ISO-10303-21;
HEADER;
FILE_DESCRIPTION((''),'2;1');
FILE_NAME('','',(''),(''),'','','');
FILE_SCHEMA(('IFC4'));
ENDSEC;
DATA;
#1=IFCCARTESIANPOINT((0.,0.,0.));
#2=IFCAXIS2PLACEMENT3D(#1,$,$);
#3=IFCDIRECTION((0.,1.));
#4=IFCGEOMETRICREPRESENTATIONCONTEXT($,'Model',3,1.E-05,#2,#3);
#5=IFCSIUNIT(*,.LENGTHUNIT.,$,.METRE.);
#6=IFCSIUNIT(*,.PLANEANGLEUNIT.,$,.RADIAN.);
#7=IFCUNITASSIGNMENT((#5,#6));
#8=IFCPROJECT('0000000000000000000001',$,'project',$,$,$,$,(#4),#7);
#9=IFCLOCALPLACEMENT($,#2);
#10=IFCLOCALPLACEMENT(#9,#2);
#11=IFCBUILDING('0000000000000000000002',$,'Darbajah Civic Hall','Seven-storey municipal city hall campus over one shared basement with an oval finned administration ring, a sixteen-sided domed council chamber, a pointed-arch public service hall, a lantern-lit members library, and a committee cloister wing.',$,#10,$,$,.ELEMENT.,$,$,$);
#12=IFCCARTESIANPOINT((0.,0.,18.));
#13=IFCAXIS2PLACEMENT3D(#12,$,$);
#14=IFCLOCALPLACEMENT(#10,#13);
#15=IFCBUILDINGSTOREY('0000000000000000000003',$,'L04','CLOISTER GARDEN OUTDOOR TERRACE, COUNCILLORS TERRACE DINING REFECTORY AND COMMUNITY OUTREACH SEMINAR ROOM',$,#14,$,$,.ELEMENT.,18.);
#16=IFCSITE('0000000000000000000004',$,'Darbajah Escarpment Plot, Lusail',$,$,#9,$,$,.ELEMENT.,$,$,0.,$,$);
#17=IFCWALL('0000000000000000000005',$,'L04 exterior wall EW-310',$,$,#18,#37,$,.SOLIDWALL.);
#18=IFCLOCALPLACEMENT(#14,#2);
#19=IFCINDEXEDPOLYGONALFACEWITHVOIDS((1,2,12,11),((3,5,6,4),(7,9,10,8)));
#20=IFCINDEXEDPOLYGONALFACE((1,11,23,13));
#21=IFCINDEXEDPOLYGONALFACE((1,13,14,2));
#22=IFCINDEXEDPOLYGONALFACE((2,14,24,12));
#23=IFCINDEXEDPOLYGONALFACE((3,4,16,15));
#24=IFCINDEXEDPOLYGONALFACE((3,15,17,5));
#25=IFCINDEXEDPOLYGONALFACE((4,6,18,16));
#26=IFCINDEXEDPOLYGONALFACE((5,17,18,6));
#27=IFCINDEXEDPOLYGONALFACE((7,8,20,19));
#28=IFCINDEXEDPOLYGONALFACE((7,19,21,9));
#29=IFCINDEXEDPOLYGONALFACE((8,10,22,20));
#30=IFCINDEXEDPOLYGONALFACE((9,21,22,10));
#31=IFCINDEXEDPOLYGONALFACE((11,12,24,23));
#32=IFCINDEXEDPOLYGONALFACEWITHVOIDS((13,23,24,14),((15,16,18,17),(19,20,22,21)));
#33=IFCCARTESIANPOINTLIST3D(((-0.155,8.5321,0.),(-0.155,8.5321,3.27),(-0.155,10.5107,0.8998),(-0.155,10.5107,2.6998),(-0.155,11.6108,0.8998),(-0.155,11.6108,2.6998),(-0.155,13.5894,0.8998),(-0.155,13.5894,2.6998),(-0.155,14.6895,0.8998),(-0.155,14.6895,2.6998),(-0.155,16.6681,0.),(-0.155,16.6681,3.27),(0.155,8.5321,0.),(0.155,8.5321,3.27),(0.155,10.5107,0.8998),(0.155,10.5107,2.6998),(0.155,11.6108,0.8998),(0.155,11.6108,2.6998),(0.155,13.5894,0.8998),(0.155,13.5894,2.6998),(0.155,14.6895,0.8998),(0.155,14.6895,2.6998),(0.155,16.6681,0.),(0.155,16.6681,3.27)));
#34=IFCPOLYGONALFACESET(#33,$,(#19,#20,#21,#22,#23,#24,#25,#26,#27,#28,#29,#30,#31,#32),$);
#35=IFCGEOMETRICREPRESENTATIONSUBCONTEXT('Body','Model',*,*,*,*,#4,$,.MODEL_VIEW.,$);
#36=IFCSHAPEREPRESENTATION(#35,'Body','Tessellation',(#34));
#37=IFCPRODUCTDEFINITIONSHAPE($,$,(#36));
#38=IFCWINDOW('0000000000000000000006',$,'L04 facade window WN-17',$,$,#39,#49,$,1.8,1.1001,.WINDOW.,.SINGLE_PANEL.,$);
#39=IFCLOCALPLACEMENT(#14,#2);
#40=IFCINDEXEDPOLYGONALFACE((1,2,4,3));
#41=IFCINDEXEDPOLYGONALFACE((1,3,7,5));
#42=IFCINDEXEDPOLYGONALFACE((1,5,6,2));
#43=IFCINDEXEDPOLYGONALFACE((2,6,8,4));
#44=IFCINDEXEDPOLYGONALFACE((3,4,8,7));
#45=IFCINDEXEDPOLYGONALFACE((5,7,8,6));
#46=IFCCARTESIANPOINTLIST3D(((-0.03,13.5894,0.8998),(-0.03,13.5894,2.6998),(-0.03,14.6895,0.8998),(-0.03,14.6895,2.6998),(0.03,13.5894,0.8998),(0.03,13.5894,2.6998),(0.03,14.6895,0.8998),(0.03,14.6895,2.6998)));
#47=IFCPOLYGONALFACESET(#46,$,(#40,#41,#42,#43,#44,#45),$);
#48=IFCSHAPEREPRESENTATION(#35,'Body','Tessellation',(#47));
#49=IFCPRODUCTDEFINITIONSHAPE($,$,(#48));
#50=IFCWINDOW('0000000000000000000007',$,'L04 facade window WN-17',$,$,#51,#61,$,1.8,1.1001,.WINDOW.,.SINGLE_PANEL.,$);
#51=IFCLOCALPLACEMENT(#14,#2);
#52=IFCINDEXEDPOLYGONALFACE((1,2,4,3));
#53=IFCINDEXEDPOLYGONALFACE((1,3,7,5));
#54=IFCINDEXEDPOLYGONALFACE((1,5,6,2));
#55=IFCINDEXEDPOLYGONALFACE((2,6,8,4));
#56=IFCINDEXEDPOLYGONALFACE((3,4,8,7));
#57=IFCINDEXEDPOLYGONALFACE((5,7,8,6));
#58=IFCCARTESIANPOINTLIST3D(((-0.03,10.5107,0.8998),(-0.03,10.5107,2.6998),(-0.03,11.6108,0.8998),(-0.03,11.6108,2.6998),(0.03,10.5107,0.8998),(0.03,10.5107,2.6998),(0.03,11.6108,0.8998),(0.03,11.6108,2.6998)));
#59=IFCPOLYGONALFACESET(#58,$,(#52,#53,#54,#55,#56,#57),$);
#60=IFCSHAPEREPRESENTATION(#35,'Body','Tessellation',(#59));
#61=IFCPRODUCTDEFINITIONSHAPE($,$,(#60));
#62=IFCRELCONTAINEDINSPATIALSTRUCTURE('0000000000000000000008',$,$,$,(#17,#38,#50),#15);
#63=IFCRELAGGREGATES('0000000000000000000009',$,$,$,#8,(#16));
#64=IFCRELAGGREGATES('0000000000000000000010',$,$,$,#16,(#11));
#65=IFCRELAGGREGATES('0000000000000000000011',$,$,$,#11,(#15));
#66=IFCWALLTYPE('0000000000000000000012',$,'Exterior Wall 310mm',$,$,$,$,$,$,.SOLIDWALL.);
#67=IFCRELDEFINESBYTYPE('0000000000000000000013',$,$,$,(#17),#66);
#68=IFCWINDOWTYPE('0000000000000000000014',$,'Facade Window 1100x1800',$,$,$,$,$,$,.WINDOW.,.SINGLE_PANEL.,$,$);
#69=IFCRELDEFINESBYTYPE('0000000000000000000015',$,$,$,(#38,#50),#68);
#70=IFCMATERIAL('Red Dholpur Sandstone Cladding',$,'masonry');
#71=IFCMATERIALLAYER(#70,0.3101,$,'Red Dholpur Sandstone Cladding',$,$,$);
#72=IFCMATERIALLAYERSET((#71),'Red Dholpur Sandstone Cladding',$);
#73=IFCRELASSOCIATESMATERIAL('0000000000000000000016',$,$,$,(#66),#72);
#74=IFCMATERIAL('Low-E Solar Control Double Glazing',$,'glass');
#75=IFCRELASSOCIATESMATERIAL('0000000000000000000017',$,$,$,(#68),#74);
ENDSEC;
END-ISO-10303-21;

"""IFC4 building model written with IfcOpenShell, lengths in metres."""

from ifc_helpers import new_model, si_unit, direction, frame, frame_2d, origin, place, context, subcontext, project, spatial, rectangle, extrude, material, layer, layer_set, type_object, element, fill, save


model = new_model("IFC4")

# Units and contexts
model_context = context("Model", 3, precision=1e-05, world=origin(), true_north=direction((0.0, 1.0)))
body_context = subcontext(model_context, "Body", "Model", "MODEL_VIEW")
ifc_project = project(units=[si_unit("LENGTHUNIT", "METRE"), si_unit("PLANEANGLEUNIT", "RADIAN")], contexts=[model_context])

# Site, building, storey
site_placement = place(None, origin())
site = spatial("IfcSite", under=ifc_project, at=site_placement, Name="Darbajah Escarpment Plot, Lusail", CompositionType="ELEMENT", RefElevation=0.0)
building_placement = place(site_placement, origin())
building = spatial("IfcBuilding", under=site, at=building_placement, Name="Darbajah Civic Hall", Description="Seven-storey municipal city hall campus over one shared basement with an oval finned administration ring, a sixteen-sided domed council chamber, a pointed-arch public service hall, a lantern-lit members library, and a committee cloister wing.", CompositionType="ELEMENT")
storey_placement = place(building_placement, frame((0.0, 0.0, 18.0)))
storey = spatial("IfcBuildingStorey", under=building, at=storey_placement, Name="L04", Description="CLOISTER GARDEN OUTDOOR TERRACE, COUNCILLORS TERRACE DINING REFECTORY AND COMMUNITY OUTREACH SEMINAR ROOM", CompositionType="ELEMENT", Elevation=18.0)

# Wall, openings, windows
ifc_material_1 = material(Name="Red Dholpur Sandstone Cladding", Category="masonry")
ifc_layer = layer(ifc_material_1, 0.3101, Name="Red Dholpur Sandstone Cladding")
ifc_layer_set = layer_set([ifc_layer], Name="Red Dholpur Sandstone Cladding")
wall_type = type_object("IfcWallType", Name="Exterior Wall 310mm", PredefinedType="SOLIDWALL", material=ifc_layer_set)
ifc_material_2 = material(Name="Low-E Solar Control Double Glazing", Category="glass")
wall_1_placement = place(storey_placement, frame((0.0, 16.668, 0.0), z_axis=(0.0, 0.0, 1.0), x_axis=(0.0, -1.0, 0.0)))
wall_1 = element("IfcWall", 1, at=wall_1_placement, inside=storey, type_object=wall_type, Name="L04 exterior wall EW-310", PredefinedType="SOLIDWALL", context=body_context, shape_type="SweptSolid", body=[
    extrude(rectangle(XDim=8.136, YDim=0.3101, at=frame_2d((4.0679, 0.0))), origin(), (0.0, 0.0, 1.0), 3.27),
])
opening_1_placement = place(wall_1_placement, frame((1.9785, 0.0, 0.8999)))
opening_1 = element("IfcOpeningElement", 2, at=opening_1_placement, cuts=wall_1, PredefinedType="OPENING", context=body_context, shape_type="SweptSolid", body=[
    extrude(rectangle(XDim=1.1001, YDim=1.8, at=frame_2d((0.55, 0.8999))), frame((0.0, 0.165, 0.0), z_axis=(0.0, -1.0, 0.0), x_axis=(1.0, 0.0, 0.0)), (0.0, 0.0, 1.0), 0.3301),
])
opening_2_placement = place(wall_1_placement, frame((5.0571, 0.0, 0.8999)))
opening_2 = element("IfcOpeningElement", 3, at=opening_2_placement, cuts=wall_1, PredefinedType="OPENING", context=body_context, shape_type="SweptSolid", body=[
    extrude(rectangle(XDim=1.1001, YDim=1.8, at=frame_2d((0.55, 0.8999))), frame((0.0, 0.165, 0.0), z_axis=(0.0, -1.0, 0.0), x_axis=(1.0, 0.0, 0.0)), (0.0, 0.0, 1.0), 0.3301),
])
window_type_1 = type_object("IfcWindowType", Name="Facade Window 1100x1800", PartitioningType="SINGLE_PANEL", PredefinedType="WINDOW", material=ifc_material_2)
window_1_placement = place(opening_1_placement, origin())
window_1 = element("IfcWindow", 4, at=window_1_placement, inside=storey, type_object=window_type_1, Name="L04 facade window WN-17", OverallHeight=1.8, OverallWidth=1.1001, PartitioningType="SINGLE_PANEL", PredefinedType="WINDOW", context=body_context, shape_type="SweptSolid", body=[
    extrude(rectangle(XDim=1.1001, YDim=1.8, at=frame_2d((0.55, 0.8999))), frame((0.0, 0.03, 0.0), z_axis=(0.0, -1.0, 0.0), x_axis=(1.0, 0.0, 0.0)), (0.0, 0.0, 1.0), 0.0601),
])
fill(opening_1, window_1)
window_2_placement = place(opening_2_placement, origin())
window_2 = element("IfcWindow", 5, at=window_2_placement, inside=storey, type_object=window_type_1, Name="L04 facade window WN-17", OverallHeight=1.8, OverallWidth=1.1001, PartitioningType="SINGLE_PANEL", PredefinedType="WINDOW", context=body_context, shape_type="SweptSolid", body=[
    extrude(rectangle(XDim=1.1001, YDim=1.8, at=frame_2d((0.55, 0.8999))), frame((0.0, 0.03, 0.0), z_axis=(0.0, -1.0, 0.0), x_axis=(1.0, 0.0, 0.0)), (0.0, 0.0, 1.0), 0.0601),
])
fill(opening_2, window_2)

save(model, "model.ifc")
